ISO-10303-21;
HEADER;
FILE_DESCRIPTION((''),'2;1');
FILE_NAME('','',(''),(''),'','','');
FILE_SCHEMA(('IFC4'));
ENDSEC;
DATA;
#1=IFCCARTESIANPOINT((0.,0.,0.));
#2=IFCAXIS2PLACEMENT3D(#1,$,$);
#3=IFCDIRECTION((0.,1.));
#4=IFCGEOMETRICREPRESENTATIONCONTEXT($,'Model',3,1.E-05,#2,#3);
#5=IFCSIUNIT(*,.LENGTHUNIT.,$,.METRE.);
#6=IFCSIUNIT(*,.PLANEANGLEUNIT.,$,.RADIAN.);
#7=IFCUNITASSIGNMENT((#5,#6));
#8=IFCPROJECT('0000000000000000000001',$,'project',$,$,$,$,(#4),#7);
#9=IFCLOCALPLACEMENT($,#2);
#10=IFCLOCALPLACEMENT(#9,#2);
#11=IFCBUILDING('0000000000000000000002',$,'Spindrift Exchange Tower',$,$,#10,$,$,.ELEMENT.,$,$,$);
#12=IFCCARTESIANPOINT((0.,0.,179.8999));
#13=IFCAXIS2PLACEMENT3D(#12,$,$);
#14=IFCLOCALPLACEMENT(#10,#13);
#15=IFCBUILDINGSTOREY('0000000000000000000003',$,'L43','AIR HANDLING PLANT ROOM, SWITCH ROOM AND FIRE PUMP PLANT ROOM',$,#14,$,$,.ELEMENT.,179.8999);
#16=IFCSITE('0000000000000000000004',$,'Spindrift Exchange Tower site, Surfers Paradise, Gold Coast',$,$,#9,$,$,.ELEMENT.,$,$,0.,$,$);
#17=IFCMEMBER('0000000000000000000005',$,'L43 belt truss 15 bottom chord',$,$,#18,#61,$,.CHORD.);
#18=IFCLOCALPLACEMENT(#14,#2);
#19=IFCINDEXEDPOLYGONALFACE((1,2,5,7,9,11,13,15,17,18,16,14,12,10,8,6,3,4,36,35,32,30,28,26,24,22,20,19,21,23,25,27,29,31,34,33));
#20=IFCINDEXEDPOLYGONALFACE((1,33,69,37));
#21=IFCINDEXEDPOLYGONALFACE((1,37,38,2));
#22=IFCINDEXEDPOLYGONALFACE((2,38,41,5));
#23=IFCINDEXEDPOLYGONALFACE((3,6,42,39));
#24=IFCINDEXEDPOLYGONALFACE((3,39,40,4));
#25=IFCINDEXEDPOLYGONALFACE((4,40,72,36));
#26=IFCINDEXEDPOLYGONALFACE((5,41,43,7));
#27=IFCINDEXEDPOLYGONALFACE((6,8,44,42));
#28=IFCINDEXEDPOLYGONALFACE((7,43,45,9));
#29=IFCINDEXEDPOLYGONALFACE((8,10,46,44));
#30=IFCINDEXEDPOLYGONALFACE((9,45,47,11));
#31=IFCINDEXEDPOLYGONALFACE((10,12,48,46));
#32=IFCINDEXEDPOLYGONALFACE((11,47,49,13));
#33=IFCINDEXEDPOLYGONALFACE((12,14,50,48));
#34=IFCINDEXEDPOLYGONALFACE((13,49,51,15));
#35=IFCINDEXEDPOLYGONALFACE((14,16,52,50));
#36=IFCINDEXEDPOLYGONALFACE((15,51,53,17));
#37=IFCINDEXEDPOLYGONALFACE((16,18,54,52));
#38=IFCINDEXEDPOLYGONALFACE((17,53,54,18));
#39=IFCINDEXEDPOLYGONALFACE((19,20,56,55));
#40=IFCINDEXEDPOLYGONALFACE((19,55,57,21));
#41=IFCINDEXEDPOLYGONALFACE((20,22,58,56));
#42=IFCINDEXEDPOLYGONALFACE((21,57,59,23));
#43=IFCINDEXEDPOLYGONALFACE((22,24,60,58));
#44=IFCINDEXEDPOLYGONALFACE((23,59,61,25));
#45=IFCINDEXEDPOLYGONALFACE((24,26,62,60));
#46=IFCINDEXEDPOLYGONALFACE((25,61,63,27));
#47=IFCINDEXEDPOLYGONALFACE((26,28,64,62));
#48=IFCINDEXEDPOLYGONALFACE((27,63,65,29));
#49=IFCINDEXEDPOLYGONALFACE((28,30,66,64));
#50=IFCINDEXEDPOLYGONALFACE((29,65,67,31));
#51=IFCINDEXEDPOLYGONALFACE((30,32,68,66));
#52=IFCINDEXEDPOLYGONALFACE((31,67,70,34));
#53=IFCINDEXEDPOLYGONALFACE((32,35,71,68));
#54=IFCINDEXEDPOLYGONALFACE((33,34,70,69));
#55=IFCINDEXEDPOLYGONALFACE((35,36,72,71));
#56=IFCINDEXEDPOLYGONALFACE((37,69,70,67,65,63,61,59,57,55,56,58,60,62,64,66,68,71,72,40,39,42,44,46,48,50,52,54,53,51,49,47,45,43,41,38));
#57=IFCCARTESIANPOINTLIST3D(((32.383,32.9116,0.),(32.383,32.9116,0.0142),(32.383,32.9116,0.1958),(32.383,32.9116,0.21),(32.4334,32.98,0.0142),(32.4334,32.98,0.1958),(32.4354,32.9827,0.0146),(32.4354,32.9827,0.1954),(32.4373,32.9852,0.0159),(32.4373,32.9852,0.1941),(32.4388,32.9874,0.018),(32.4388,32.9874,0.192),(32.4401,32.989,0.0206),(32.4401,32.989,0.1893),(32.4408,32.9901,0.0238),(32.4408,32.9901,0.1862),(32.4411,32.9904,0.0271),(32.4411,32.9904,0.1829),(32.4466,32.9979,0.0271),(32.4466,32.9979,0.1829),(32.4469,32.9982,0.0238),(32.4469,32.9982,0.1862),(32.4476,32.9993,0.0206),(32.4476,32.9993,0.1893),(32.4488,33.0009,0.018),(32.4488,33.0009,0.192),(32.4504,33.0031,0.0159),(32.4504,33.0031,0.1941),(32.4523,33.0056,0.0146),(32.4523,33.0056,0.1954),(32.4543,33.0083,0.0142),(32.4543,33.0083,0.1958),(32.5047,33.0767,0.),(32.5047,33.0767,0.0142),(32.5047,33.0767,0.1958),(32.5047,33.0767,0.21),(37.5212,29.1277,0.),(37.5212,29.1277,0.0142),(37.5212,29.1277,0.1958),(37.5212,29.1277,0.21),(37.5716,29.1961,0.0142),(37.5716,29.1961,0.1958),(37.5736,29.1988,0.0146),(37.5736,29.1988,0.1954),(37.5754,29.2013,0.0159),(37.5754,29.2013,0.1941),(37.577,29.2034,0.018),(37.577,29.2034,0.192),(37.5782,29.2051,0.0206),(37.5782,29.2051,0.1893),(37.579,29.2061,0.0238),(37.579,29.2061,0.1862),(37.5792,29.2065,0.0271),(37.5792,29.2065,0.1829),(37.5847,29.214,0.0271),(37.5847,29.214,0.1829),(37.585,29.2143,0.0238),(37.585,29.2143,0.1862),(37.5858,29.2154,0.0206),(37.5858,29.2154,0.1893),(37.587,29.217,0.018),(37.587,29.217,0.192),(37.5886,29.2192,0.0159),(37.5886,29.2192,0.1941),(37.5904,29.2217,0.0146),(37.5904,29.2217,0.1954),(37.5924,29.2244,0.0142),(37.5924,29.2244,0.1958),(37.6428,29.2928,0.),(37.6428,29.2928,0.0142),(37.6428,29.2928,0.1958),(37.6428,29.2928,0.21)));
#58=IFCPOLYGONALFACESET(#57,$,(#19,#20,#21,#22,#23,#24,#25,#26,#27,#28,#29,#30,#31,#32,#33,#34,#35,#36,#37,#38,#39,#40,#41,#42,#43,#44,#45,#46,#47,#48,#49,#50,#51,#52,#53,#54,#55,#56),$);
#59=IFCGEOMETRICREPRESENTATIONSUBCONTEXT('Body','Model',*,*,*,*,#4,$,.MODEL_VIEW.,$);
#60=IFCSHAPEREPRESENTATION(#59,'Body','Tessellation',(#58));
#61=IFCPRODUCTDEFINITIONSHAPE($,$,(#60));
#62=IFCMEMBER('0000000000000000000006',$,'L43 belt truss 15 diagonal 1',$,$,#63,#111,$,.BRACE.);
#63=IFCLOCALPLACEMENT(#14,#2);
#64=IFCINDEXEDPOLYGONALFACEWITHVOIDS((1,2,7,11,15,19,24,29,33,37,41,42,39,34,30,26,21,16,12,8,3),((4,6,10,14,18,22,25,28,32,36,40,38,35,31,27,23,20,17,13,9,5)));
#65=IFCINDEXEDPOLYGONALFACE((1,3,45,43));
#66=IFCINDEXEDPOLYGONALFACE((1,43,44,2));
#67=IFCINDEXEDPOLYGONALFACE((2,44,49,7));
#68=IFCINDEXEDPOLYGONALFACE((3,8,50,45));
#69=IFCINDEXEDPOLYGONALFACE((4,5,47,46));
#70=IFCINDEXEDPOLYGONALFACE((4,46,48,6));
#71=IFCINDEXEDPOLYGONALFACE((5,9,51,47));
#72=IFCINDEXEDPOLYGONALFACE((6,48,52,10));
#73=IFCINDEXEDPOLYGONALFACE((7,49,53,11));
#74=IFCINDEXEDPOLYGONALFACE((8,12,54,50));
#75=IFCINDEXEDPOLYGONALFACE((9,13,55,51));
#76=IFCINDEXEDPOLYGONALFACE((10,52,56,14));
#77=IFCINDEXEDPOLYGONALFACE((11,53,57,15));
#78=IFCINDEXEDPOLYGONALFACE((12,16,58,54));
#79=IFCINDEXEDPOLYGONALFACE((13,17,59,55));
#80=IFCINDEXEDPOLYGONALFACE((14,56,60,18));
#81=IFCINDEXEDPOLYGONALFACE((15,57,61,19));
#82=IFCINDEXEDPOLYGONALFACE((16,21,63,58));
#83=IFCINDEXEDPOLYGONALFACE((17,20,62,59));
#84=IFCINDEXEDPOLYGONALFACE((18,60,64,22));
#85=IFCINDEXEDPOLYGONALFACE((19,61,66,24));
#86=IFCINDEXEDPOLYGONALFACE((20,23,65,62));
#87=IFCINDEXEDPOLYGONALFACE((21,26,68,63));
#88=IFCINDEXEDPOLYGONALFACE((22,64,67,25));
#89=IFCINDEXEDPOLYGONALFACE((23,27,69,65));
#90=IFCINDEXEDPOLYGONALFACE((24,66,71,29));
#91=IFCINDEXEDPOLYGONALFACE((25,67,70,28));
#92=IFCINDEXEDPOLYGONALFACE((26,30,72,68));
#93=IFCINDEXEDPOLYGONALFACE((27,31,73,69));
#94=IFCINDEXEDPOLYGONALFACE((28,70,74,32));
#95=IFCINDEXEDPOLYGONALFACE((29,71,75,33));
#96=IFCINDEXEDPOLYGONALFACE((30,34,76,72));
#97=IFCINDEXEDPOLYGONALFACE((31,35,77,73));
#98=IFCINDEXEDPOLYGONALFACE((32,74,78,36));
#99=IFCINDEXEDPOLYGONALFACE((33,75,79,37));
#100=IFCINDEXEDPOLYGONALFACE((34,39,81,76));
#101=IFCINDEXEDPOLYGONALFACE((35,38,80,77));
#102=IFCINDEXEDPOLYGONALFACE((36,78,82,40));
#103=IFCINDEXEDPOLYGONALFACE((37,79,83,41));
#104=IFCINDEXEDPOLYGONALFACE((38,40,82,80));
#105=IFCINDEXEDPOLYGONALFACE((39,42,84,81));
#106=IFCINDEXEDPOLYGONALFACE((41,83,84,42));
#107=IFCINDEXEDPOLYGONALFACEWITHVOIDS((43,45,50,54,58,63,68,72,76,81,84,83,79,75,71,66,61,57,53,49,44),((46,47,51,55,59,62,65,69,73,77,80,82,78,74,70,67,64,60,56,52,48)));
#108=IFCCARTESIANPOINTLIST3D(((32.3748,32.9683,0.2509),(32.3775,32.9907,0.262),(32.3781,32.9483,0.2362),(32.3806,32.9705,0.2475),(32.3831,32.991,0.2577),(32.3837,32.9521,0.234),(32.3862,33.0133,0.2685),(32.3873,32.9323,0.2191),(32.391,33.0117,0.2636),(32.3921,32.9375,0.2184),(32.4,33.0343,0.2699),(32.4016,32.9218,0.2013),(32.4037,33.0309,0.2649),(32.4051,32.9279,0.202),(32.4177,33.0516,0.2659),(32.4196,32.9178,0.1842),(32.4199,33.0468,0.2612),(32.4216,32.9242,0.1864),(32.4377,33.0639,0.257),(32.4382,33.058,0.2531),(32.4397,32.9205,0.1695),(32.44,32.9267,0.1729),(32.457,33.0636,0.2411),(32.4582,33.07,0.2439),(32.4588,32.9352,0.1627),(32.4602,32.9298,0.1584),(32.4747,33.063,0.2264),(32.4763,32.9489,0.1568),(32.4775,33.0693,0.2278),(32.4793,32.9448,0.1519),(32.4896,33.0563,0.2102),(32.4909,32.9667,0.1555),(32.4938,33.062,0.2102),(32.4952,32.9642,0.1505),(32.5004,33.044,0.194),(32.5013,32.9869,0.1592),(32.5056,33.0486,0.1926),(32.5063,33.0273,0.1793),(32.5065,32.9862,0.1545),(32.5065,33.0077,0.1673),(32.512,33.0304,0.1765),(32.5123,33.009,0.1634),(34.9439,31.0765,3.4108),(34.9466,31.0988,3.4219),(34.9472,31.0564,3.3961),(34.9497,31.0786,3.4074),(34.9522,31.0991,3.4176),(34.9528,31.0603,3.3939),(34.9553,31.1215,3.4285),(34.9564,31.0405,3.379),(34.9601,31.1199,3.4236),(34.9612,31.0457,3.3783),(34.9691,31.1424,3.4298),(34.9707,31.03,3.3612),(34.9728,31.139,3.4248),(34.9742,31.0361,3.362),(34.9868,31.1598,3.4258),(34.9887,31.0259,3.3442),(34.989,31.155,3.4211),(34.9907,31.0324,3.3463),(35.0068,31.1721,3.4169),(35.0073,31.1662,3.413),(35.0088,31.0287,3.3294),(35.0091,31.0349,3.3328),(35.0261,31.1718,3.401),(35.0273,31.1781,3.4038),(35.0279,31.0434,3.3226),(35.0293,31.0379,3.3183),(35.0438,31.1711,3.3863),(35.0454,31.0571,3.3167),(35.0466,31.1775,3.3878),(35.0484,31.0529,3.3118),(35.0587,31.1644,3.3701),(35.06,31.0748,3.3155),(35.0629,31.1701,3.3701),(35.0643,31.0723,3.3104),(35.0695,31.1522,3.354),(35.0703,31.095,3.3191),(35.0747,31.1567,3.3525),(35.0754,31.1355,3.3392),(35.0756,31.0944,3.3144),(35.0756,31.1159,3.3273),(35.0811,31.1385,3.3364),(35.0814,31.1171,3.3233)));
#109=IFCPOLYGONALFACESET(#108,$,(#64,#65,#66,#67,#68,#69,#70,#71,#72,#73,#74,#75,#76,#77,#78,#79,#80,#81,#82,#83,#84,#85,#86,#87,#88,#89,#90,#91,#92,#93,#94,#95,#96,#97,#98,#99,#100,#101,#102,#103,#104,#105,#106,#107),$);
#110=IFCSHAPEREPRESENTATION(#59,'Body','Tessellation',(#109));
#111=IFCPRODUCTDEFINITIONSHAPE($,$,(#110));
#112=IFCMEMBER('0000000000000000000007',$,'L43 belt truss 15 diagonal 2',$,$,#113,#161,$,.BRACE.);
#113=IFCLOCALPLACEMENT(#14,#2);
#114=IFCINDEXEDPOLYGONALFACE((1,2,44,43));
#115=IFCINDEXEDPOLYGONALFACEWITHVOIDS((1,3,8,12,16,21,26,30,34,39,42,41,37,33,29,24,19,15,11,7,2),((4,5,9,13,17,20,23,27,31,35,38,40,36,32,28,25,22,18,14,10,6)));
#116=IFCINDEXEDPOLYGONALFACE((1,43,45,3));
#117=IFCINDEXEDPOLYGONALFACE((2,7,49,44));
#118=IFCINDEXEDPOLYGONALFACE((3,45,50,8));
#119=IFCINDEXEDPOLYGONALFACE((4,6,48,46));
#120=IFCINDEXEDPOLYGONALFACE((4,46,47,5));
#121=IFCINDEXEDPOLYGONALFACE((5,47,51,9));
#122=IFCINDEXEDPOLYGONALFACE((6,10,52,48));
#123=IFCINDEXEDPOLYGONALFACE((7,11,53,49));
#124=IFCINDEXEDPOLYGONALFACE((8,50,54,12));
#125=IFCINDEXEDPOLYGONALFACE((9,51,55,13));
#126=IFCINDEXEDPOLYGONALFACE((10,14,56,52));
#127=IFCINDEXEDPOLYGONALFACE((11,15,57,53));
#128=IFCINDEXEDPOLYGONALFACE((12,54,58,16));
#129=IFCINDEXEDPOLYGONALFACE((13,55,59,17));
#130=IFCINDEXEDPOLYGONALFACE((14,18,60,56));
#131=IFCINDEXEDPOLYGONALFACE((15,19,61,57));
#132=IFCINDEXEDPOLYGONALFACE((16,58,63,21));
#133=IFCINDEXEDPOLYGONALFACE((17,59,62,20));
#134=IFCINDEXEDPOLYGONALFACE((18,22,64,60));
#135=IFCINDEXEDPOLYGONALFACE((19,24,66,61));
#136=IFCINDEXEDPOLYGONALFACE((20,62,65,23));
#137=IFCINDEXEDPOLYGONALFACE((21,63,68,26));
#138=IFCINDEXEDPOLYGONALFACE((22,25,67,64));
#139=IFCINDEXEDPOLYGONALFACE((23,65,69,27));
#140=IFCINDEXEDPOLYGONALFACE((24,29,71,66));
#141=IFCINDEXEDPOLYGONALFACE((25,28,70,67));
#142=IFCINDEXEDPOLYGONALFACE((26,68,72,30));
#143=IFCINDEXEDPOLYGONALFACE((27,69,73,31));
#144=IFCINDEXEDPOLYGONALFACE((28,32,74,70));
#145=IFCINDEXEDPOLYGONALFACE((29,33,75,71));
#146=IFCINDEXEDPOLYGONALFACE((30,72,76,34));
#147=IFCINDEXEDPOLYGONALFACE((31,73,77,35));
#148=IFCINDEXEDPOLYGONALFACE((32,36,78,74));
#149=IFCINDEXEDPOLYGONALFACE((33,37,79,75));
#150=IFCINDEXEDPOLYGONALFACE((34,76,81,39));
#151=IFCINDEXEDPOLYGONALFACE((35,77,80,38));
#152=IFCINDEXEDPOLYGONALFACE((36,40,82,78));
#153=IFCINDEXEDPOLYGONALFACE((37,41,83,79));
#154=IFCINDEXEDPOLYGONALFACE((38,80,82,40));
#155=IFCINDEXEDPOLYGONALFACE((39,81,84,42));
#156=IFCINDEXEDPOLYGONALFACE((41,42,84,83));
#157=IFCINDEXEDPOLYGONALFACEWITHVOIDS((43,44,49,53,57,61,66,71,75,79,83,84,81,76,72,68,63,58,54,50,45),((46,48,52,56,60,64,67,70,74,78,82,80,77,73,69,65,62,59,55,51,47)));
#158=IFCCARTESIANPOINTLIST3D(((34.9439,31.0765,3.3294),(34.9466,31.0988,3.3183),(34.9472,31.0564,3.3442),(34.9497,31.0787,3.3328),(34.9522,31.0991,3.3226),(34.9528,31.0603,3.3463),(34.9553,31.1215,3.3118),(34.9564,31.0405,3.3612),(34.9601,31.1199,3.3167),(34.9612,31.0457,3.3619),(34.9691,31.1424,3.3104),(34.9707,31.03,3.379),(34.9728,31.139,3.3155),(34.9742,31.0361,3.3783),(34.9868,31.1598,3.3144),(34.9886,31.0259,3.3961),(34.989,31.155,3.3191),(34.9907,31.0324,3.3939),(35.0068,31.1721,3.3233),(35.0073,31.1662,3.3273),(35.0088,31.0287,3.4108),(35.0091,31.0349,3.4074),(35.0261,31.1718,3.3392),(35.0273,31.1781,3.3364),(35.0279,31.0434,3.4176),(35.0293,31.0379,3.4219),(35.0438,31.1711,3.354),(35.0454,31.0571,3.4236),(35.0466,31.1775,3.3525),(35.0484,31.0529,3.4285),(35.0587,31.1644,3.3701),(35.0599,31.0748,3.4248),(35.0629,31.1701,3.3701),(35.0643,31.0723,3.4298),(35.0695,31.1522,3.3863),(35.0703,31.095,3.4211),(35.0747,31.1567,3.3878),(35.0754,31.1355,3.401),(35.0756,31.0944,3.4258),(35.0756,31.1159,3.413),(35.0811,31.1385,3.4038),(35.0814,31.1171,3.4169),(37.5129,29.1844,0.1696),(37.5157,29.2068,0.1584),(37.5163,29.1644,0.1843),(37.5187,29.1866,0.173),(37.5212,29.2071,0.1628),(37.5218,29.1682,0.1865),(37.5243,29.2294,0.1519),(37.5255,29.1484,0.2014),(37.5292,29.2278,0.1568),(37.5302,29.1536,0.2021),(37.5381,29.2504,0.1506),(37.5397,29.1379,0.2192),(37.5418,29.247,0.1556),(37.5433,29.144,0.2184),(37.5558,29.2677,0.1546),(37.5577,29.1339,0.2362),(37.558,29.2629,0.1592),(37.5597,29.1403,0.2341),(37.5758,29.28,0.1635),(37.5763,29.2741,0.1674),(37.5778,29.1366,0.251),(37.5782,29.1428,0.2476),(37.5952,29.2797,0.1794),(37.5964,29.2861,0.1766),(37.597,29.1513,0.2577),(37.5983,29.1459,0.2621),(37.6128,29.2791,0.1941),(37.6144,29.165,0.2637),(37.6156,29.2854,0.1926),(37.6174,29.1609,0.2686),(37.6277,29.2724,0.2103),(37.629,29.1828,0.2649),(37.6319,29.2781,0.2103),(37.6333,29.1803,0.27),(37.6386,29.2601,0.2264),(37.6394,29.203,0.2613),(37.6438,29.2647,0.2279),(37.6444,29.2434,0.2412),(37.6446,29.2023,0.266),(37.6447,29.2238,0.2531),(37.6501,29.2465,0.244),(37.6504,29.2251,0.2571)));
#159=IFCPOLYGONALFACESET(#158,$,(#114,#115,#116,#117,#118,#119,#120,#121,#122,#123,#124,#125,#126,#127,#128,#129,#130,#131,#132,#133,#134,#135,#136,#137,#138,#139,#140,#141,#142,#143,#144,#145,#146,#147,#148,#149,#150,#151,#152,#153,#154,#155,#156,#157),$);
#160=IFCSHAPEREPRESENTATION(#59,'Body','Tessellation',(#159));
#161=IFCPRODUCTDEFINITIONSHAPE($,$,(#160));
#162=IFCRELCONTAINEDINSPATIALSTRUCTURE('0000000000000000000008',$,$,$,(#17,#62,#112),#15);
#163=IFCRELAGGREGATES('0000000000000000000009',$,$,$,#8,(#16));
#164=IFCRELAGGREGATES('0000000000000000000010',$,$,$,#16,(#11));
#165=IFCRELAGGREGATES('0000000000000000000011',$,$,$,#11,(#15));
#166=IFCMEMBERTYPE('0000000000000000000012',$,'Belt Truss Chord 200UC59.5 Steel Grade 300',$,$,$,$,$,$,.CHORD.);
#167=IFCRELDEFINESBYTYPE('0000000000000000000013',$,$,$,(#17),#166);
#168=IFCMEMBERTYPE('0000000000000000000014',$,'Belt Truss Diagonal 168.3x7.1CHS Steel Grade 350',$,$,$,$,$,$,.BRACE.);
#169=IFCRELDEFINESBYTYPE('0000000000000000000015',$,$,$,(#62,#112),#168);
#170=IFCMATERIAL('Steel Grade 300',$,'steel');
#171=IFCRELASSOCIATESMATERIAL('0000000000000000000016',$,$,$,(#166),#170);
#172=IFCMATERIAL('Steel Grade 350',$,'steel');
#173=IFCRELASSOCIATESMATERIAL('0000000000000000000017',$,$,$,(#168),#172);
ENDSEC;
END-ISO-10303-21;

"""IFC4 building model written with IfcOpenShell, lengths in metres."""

from ifc_helpers import new_model, si_unit, direction, frame, origin, origin_2d, place, context, subcontext, project, spatial, hollow_circle, i_section, extrude, source, transform, mapped, material, material_profile, profile_set, type_object, element, save


model = new_model("IFC4")

# Units and contexts
model_context = context("Model", 3, precision=1e-05, world=origin(), true_north=direction((0.0, 1.0)))
body_context = subcontext(model_context, "Body", "Model", "MODEL_VIEW")
ifc_project = project(units=[si_unit("LENGTHUNIT", "METRE"), si_unit("PLANEANGLEUNIT", "RADIAN")], contexts=[model_context])

# Site, building, storey
site_placement = place(None, origin())
site = spatial("IfcSite", under=ifc_project, at=site_placement, Name="Spindrift Exchange Tower site, Surfers Paradise, Gold Coast", CompositionType="ELEMENT", RefElevation=0.0)
building_placement = place(site_placement, origin())
building = spatial("IfcBuilding", under=site, at=building_placement, Name="Spindrift Exchange Tower", CompositionType="ELEMENT")
storey_placement = place(building_placement, frame((0.0, 0.0, 179.8999)))
storey = spatial("IfcBuildingStorey", under=building, at=storey_placement, Name="L43", Description="AIR HANDLING PLANT ROOM, SWITCH ROOM AND FIRE PUMP PLANT ROOM", CompositionType="ELEMENT", Elevation=179.8999)

# Shared definitions
ifc_material_1 = material(Name="Steel Grade 300", Category="steel")

# Members
ifc_material_profile_1 = material_profile(ifc_material_1, i_section(OverallWidth=0.2051, OverallDepth=0.21, WebThickness=0.0093, FlangeThickness=0.0142, FilletRadius=0.0129, at=origin_2d()), Name="200UC59.5")
ifc_profile_set_1 = profile_set([ifc_material_profile_1], Name="Steel Grade 300")
member_type_1 = type_object("IfcMemberType", Name="Belt Truss Chord 200UC59.5 Steel Grade 300", PredefinedType="CHORD", material=ifc_profile_set_1)
shared_shape_1 = source(origin(), body_context, "Body", "SweptSolid", [
    extrude(i_section(OverallWidth=0.2051, OverallDepth=0.21, WebThickness=0.0093, FlangeThickness=0.0142, FilletRadius=0.0129, at=origin_2d()), origin(), (0.0, 0.0, 1.0), 6.3811),
])
for number, where, z_axis, x_axis, name in (
    (1, (32.4438, 32.9941, 0.105), (0.805213, -0.592986, 0.0), (0.592986, 0.805213, 0.0), "L43 belt truss 15 bottom chord"),
):
    element("IfcMember", number, at=place(storey_placement, frame(where, z_axis=z_axis, x_axis=x_axis)), inside=storey, type_object=member_type_1, Name=name, PredefinedType="CHORD", context=body_context, shape_type="MappedRepresentation", body=[
        mapped(shared_shape_1, transform((0.0, 0.0, 0.0), scale=1.0)),
    ])
ifc_material_2 = material(Name="Steel Grade 350", Category="steel")
ifc_material_profile_2 = material_profile(ifc_material_2, hollow_circle(Radius=0.0842, WallThickness=0.0071, at=origin_2d()), Name="168.3x7.1CHS")
ifc_profile_set_2 = profile_set([ifc_material_profile_2], Name="Steel Grade 350")
member_type_2 = type_object("IfcMemberType", Name="Belt Truss Diagonal 168.3x7.1CHS Steel Grade 350", PredefinedType="BRACE", material=ifc_profile_set_2)
shared_shape_2 = source(origin(), body_context, "Body", "SweptSolid", [
    extrude(hollow_circle(Radius=0.0842, WallThickness=0.0071, at=origin_2d()), origin(), (0.0, 0.0, 1.0), 4.4905),
])
for number, where, z_axis, x_axis, name in (
    (2, (32.4438, 32.9941, 0.2102), (0.57212, -0.421302, 0.703692), (0.592961, 0.805231, 0.0), "L43 belt truss 15 diagonal 1"),
    (3, (35.0129, 31.1023, 3.3701), (0.572107, -0.421347, -0.703676), (0.593011, 0.805194, 0.0), "L43 belt truss 15 diagonal 2"),
):
    element("IfcMember", number, at=place(storey_placement, frame(where, z_axis=z_axis, x_axis=x_axis)), inside=storey, type_object=member_type_2, Name=name, PredefinedType="BRACE", context=body_context, shape_type="MappedRepresentation", body=[
        mapped(shared_shape_2, transform((0.0, 0.0, 0.0), scale=1.0)),
    ])

save(model, "model.ifc")
